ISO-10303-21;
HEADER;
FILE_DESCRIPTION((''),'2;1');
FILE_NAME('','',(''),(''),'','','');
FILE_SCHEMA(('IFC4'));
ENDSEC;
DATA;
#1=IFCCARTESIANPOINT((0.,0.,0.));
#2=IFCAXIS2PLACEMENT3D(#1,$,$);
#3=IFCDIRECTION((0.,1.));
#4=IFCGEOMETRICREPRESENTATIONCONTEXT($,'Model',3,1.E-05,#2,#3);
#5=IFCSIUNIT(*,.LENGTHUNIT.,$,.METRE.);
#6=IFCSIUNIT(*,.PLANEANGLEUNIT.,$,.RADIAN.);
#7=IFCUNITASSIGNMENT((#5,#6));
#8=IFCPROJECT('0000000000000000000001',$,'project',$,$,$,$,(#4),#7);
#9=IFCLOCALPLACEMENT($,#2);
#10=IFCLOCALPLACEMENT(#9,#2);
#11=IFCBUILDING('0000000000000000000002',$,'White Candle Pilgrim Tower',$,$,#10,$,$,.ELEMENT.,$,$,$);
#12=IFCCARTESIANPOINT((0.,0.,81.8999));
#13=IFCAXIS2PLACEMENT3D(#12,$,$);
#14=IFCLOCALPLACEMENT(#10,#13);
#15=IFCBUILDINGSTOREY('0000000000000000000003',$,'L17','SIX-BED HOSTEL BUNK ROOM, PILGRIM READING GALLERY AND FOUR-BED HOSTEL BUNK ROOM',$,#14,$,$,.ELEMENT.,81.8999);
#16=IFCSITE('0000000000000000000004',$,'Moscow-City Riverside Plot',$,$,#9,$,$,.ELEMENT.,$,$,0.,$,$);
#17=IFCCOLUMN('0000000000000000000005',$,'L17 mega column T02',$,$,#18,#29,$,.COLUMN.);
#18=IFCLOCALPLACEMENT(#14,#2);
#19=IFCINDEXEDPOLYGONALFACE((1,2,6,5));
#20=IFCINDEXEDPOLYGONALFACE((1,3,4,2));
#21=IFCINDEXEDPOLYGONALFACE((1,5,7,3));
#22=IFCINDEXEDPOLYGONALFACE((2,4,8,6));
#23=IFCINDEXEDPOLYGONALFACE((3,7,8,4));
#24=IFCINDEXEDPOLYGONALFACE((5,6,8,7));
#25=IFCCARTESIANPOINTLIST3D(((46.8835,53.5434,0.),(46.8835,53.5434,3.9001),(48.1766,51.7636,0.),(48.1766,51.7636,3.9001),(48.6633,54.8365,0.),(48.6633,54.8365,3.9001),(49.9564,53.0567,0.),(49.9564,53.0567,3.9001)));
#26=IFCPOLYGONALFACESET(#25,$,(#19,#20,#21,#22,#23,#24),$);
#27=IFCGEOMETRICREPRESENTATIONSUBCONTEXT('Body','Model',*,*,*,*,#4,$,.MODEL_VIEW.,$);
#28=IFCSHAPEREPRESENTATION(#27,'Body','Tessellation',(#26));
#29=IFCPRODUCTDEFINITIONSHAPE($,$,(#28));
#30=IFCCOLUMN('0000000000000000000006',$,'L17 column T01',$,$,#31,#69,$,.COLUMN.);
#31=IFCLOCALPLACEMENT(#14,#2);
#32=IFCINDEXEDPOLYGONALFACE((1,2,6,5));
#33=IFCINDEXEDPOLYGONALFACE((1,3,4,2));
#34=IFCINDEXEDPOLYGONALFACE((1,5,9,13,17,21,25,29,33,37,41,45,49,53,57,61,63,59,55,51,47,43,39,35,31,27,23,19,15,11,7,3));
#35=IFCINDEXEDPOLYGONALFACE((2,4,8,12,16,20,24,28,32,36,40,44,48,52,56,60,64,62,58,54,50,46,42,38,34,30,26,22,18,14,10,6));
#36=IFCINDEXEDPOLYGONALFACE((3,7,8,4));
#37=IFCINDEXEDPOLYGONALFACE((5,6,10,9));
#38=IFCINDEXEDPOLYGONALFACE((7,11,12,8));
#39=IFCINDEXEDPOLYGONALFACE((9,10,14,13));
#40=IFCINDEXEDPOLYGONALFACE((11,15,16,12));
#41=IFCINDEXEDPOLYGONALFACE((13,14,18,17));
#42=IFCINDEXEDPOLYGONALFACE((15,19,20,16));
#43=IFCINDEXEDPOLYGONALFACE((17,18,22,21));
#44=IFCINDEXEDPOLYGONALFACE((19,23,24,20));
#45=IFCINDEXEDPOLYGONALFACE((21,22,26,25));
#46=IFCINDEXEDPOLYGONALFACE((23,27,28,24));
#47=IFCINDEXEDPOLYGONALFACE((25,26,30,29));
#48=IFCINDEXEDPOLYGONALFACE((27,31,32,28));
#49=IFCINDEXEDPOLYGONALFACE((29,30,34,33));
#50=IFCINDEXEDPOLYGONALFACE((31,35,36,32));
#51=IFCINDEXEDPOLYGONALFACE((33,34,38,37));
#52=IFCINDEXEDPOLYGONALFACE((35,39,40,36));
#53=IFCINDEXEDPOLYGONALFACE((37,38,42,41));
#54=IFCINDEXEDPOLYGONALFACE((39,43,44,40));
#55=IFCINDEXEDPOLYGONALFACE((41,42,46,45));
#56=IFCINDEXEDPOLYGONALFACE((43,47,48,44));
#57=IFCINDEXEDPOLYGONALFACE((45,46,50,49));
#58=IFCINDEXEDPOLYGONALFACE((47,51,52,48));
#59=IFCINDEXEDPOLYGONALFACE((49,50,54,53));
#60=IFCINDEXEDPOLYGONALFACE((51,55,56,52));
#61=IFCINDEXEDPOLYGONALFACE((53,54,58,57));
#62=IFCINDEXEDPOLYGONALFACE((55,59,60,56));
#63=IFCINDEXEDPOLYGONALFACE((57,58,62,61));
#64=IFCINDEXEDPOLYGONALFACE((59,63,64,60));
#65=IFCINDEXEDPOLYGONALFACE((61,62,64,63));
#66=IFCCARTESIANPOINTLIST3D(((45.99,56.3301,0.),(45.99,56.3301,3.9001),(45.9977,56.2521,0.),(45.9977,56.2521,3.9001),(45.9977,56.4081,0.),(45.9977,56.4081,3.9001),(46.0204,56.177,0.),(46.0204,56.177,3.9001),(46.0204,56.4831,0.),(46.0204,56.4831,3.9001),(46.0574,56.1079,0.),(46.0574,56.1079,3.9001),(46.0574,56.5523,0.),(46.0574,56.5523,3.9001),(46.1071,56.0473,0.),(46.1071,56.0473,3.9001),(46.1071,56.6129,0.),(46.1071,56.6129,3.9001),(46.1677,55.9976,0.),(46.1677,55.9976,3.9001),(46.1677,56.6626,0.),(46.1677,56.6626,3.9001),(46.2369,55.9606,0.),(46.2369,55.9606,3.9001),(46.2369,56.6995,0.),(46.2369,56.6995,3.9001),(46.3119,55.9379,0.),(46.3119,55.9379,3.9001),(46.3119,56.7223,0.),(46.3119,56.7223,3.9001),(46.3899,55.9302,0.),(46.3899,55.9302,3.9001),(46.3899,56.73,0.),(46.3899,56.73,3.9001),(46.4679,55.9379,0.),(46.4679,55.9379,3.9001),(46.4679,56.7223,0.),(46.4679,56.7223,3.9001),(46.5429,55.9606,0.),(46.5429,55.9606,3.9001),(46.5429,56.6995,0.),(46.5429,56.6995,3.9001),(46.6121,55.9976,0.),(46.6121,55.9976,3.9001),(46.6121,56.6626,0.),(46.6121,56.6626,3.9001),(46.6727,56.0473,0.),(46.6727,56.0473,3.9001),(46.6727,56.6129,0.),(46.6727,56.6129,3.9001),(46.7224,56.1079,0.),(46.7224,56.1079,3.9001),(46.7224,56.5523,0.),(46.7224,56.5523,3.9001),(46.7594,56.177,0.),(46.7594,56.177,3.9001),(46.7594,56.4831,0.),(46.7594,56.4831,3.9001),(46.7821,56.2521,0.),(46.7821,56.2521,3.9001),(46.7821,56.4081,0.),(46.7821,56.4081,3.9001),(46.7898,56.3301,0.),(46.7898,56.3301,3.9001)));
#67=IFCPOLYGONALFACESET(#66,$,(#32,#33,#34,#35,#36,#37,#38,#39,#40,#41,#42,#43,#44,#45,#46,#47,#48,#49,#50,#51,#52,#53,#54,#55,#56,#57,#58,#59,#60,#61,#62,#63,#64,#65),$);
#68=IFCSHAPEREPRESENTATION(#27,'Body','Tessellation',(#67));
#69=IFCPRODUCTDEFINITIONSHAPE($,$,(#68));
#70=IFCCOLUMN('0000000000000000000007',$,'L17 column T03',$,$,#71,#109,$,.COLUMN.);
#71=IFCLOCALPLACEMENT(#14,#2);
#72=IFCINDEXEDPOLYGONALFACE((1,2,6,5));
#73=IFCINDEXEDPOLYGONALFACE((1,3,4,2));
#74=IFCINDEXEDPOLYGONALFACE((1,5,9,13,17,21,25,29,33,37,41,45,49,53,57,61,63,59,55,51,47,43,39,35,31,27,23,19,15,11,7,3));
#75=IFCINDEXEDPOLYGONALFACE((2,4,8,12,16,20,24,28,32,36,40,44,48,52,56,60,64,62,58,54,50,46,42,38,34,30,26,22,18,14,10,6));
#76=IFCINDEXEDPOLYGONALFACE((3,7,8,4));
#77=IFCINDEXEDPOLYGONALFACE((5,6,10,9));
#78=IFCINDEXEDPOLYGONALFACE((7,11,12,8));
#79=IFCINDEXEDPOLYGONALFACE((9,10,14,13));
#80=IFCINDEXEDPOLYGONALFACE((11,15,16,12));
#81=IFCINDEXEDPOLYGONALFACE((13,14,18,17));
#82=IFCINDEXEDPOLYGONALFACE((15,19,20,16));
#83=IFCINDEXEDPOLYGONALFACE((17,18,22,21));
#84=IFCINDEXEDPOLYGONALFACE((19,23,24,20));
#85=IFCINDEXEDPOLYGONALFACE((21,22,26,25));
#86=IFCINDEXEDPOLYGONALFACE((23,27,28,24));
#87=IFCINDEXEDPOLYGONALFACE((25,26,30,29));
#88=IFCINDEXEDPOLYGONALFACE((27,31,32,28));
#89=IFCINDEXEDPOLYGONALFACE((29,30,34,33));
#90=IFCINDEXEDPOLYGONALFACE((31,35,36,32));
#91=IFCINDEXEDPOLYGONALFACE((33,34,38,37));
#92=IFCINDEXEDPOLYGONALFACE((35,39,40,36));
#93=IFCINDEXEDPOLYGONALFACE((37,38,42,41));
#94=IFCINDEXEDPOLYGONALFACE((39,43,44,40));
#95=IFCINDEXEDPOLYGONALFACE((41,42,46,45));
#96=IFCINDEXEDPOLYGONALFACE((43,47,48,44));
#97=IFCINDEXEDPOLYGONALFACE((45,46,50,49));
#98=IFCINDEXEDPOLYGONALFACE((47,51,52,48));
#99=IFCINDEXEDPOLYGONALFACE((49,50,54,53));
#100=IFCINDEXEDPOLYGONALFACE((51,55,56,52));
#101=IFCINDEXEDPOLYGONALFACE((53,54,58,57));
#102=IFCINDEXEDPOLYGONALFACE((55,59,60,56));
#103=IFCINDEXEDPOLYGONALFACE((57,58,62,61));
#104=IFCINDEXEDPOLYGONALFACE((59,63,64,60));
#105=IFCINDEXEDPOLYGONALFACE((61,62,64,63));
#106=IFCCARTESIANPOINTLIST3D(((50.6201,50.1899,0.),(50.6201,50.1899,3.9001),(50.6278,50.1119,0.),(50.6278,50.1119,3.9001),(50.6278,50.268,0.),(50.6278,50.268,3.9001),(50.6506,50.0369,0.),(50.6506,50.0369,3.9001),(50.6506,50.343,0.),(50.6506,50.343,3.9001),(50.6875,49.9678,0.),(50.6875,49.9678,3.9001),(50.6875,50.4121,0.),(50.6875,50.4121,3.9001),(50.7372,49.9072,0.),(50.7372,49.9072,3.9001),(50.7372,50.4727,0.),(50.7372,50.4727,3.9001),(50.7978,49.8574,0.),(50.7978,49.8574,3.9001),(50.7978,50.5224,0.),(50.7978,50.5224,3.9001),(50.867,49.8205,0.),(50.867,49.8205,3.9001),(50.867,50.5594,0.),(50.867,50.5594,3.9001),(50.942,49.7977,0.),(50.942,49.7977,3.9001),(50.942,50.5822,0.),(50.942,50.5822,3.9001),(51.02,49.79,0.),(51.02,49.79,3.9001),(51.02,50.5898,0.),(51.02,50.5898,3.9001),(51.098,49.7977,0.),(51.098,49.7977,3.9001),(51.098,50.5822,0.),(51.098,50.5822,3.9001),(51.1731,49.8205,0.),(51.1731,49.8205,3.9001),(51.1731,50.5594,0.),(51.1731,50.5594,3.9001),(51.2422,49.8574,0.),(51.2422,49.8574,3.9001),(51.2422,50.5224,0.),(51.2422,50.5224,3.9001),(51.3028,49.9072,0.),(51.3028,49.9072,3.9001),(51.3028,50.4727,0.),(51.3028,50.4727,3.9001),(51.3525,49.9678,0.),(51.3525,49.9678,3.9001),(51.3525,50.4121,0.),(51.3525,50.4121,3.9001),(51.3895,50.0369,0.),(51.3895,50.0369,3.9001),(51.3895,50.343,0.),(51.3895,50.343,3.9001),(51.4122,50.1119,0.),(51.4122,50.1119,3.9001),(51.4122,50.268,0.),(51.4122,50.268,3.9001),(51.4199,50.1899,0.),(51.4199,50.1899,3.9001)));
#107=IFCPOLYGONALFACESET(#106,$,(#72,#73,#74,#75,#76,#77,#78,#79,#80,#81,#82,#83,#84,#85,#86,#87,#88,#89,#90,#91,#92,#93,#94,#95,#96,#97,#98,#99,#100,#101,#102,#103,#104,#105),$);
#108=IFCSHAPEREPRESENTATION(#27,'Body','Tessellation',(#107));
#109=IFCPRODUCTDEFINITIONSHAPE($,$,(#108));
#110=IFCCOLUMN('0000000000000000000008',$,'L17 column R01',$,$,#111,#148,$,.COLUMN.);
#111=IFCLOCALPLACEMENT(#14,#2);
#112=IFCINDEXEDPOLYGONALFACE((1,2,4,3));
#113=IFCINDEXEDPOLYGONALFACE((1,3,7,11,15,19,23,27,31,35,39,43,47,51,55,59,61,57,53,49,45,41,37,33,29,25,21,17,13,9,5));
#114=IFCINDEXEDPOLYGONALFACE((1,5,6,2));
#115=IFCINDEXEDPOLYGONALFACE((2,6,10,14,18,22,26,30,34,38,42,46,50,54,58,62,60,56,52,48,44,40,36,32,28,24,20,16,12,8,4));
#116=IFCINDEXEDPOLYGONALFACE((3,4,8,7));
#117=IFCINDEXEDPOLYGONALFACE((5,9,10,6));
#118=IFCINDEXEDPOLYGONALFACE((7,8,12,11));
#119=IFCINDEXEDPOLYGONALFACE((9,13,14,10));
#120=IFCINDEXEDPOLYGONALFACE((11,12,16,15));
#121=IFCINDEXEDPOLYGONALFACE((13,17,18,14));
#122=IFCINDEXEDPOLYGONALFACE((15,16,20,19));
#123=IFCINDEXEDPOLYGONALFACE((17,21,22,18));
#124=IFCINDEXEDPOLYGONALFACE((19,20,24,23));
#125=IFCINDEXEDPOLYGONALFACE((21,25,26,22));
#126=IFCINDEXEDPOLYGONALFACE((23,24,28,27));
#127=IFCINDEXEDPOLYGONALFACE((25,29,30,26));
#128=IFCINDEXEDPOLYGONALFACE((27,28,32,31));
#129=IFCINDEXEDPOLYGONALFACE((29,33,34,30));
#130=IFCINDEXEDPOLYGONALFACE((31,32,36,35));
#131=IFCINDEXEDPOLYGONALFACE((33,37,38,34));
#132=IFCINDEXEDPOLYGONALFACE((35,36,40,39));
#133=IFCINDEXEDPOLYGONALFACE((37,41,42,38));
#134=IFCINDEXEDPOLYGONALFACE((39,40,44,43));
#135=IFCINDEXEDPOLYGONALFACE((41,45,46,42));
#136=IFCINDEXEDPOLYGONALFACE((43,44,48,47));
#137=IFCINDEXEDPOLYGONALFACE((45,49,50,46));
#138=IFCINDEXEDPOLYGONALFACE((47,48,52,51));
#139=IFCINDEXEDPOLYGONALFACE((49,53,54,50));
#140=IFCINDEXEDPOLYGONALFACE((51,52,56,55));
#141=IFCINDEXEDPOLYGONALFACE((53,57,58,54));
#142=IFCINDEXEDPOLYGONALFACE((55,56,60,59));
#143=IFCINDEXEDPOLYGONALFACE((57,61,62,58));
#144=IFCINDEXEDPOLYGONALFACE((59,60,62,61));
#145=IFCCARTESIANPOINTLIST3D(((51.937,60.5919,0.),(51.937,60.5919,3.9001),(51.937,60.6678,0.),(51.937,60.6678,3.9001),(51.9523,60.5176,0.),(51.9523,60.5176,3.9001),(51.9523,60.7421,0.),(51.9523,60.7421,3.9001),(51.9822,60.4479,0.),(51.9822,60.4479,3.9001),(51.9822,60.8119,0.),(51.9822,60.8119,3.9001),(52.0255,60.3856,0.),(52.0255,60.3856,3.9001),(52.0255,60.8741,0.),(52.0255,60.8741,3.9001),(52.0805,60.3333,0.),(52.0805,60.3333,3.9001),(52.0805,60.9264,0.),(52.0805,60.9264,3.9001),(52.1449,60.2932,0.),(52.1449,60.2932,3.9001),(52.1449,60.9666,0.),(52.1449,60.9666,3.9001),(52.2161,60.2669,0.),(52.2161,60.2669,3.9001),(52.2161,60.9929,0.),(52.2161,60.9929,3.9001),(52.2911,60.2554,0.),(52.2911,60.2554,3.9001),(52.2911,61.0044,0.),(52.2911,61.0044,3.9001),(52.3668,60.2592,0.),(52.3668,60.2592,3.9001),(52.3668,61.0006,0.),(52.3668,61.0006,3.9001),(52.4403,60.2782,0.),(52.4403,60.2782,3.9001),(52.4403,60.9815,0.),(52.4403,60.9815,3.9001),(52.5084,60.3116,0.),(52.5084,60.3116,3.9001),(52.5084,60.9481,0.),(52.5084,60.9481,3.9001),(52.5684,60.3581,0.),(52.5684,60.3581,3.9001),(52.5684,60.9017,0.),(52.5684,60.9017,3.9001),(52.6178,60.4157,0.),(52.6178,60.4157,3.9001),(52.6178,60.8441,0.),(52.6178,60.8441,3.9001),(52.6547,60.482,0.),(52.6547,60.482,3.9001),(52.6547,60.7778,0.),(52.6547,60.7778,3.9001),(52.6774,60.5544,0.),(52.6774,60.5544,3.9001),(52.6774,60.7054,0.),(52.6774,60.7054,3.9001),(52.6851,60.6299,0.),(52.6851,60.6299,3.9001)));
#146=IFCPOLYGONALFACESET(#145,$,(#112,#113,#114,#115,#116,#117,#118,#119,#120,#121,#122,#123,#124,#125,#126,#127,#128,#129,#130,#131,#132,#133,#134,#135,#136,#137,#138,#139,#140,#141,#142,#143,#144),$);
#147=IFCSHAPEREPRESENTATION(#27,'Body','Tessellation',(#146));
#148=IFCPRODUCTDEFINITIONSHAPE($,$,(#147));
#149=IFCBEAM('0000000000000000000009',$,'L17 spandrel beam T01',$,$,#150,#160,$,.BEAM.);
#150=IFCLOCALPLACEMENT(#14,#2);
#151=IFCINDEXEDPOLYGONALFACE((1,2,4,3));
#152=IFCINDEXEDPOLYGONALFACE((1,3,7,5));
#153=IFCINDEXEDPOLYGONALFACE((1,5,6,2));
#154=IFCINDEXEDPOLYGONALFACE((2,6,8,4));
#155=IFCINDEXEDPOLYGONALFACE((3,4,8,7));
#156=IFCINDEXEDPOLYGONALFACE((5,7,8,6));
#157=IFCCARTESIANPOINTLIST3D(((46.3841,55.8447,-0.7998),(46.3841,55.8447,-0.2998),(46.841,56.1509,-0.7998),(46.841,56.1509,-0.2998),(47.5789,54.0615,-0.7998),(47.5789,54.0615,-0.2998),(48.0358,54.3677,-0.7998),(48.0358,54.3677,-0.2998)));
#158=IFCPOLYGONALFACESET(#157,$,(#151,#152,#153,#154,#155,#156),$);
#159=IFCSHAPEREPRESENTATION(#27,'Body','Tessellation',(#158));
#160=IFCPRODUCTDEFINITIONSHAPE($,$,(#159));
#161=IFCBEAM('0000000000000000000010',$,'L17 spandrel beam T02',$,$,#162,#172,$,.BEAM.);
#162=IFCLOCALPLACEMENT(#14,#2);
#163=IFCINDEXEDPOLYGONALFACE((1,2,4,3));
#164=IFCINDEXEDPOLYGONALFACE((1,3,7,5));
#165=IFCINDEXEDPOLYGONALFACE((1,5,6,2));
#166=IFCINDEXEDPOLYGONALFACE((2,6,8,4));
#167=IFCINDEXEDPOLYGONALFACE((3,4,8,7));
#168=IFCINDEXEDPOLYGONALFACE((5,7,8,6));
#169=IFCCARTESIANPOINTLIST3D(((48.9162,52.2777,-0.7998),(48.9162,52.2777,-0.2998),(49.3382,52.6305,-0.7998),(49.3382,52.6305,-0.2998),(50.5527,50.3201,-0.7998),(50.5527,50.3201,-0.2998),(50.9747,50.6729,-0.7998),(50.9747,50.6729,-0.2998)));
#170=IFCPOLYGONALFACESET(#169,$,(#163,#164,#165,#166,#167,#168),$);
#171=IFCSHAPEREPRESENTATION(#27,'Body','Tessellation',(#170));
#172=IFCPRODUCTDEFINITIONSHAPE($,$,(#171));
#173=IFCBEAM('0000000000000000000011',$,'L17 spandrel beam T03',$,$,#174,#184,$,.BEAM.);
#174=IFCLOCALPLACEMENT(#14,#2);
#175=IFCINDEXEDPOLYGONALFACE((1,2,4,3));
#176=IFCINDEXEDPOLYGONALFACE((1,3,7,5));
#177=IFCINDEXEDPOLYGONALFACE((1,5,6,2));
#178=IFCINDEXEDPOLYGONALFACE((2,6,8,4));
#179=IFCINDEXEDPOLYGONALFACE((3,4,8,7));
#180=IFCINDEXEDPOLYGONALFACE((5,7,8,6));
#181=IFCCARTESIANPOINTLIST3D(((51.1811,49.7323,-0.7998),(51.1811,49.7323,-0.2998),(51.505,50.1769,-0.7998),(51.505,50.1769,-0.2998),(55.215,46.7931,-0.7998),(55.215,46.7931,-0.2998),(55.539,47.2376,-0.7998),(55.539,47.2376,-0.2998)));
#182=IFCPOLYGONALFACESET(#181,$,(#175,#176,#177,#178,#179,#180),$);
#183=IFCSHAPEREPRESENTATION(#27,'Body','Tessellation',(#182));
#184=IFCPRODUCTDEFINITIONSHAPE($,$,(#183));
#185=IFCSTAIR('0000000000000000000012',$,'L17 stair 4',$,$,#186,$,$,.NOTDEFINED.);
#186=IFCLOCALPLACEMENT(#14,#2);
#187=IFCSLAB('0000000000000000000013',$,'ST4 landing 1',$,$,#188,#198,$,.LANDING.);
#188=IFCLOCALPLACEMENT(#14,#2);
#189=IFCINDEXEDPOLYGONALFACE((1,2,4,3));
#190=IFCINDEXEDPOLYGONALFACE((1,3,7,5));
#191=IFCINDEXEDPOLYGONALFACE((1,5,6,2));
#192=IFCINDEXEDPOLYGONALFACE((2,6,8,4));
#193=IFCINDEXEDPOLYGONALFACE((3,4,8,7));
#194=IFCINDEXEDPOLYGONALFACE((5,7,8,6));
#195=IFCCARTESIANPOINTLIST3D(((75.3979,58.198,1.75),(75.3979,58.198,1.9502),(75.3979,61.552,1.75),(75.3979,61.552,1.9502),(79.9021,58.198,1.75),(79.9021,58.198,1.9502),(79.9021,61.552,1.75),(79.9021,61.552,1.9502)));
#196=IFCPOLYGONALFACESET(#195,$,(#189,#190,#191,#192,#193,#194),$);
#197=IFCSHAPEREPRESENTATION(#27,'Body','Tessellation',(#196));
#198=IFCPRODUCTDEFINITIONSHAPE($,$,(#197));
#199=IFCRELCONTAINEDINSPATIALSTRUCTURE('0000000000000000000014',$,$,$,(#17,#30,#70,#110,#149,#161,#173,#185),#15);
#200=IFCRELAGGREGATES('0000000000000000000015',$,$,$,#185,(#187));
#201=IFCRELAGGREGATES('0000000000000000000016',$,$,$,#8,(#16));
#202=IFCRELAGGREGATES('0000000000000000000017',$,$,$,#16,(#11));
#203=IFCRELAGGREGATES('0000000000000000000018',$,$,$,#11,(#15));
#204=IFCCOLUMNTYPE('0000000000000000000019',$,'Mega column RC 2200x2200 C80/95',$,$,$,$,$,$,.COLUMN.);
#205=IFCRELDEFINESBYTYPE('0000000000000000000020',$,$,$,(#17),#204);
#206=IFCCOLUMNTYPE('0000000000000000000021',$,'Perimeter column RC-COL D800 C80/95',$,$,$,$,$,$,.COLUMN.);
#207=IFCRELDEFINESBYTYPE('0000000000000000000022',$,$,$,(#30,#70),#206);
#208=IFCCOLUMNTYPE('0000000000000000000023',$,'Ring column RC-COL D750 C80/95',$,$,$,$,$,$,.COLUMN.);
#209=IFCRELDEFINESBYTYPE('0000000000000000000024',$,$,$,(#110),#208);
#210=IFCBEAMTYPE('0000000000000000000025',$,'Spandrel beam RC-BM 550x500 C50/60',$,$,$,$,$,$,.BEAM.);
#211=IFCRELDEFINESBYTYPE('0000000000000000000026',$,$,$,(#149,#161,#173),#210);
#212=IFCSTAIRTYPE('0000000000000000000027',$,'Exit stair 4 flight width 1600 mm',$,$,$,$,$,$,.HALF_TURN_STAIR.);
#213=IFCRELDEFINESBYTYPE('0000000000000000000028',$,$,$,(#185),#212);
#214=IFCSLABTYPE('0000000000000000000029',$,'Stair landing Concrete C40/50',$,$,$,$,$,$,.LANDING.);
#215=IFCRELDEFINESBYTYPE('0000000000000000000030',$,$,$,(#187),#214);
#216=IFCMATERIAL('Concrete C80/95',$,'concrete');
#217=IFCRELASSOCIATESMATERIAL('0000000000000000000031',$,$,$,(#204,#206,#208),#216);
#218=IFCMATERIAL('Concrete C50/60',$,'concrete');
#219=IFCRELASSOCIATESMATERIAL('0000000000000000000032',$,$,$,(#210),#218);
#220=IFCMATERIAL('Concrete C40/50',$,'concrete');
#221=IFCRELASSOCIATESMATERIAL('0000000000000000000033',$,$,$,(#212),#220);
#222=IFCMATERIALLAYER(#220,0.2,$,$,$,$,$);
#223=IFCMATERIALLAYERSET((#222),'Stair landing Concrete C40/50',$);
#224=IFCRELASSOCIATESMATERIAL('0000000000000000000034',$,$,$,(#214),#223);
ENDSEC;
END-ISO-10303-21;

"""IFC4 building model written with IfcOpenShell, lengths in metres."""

from ifc_helpers import new_model, si_unit, direction, frame, origin, origin_2d, place, context, subcontext, project, spatial, polyline, rectangle, circle, outline, extrude, material, layer, layer_set, material_profile, profile_set, type_object, element, aggregate, save


model = new_model("IFC4")

# Units and contexts
model_context = context("Model", 3, precision=1e-05, world=origin(), true_north=direction((0.0, 1.0)))
body_context = subcontext(model_context, "Body", "Model", "MODEL_VIEW")
ifc_project = project(units=[si_unit("LENGTHUNIT", "METRE"), si_unit("PLANEANGLEUNIT", "RADIAN")], contexts=[model_context])

# Site, building, storey
site_placement = place(None, origin())
site = spatial("IfcSite", under=ifc_project, at=site_placement, Name="Moscow-City Riverside Plot", CompositionType="ELEMENT", RefElevation=0.0)
building_placement = place(site_placement, origin())
building = spatial("IfcBuilding", under=site, at=building_placement, Name="White Candle Pilgrim Tower", CompositionType="ELEMENT")
storey_placement = place(building_placement, frame((0.0, 0.0, 81.8999)))
storey = spatial("IfcBuildingStorey", under=building, at=storey_placement, Name="L17", Description="SIX-BED HOSTEL BUNK ROOM, PILGRIM READING GALLERY AND FOUR-BED HOSTEL BUNK ROOM", CompositionType="ELEMENT", Elevation=81.8999)

# Columns
ifc_material_1 = material(Name="Concrete C80/95", Category="concrete")
ifc_material_profile_1 = material_profile(ifc_material_1, rectangle(XDim=2.2, YDim=2.2, at=origin_2d()), Name="RC 2200x2200")
ifc_profile_set_1 = profile_set([ifc_material_profile_1], Name="Concrete C80/95")
column_type_1 = type_object("IfcColumnType", Name="Mega column RC 2200x2200 C80/95", PredefinedType="COLUMN", material=ifc_profile_set_1)
column_1_placement = place(storey_placement, frame((48.4199, 53.3, 0.0), z_axis=(0.0, 0.0, 1.0), x_axis=(-0.809017, -0.587785, 0.0)))
element("IfcColumn", 1, at=column_1_placement, inside=storey, type_object=column_type_1, Name="L17 mega column T02", PredefinedType="COLUMN", context=body_context, shape_type="SweptSolid", body=[
    extrude(rectangle(XDim=2.2, YDim=2.2, at=origin_2d()), origin(), (0.0, 0.0, 1.0), 3.9001),
])
ifc_material_profile_2 = material_profile(ifc_material_1, circle(Radius=0.3999, at=origin_2d()), Name="RC-COL D800")
ifc_profile_set_2 = profile_set([ifc_material_profile_2], Name="Concrete C80/95")
column_type_2 = type_object("IfcColumnType", Name="Perimeter column RC-COL D800 C80/95", PredefinedType="COLUMN", material=ifc_profile_set_2)
for number, where, z_axis, x_axis, name in (
    (2, (46.3899, 56.3301, 0.0), (0.0, 0.0, 1.0), (1.0, 0.0, 0.0), "L17 column T01"),
    (3, (51.02, 50.1899, 0.0), (0.0, 0.0, 1.0), (1.0, 0.0, 0.0), "L17 column T03"),
):
    element("IfcColumn", number, at=place(storey_placement, frame(where, z_axis=z_axis, x_axis=x_axis)), inside=storey, type_object=column_type_2, Name=name, PredefinedType="COLUMN", context=body_context, shape_type="SweptSolid", body=[
        extrude(circle(Radius=0.3999, at=origin_2d()), origin(), (0.0, 0.0, 1.0), 3.9001),
    ])
ifc_material_profile_3 = material_profile(ifc_material_1, circle(Radius=0.375, at=origin_2d()), Name="RC-COL D750")
ifc_profile_set_3 = profile_set([ifc_material_profile_3], Name="Concrete C80/95")
column_type_3 = type_object("IfcColumnType", Name="Ring column RC-COL D750 C80/95", PredefinedType="COLUMN", material=ifc_profile_set_3)
column_2_placement = place(storey_placement, frame((52.3101, 60.6299, 0.0), z_axis=(0.0, 0.0, 1.0), x_axis=(1.0, 0.0, 0.0)))
element("IfcColumn", 4, at=column_2_placement, inside=storey, type_object=column_type_3, Name="L17 column R01", PredefinedType="COLUMN", context=body_context, shape_type="SweptSolid", body=[
    extrude(circle(Radius=0.375, at=origin_2d()), origin(), (0.0, 0.0, 1.0), 3.9001),
])

# Beams
ifc_material_2 = material(Name="Concrete C50/60", Category="concrete")
ifc_material_profile_4 = material_profile(ifc_material_2, rectangle(XDim=0.55, YDim=0.5, at=origin_2d()), Name="RC-BM 550x500")
ifc_profile_set_4 = profile_set([ifc_material_profile_4], Name="Concrete C50/60")
beam_type = type_object("IfcBeamType", Name="Spandrel beam RC-BM 550x500 C50/60", PredefinedType="BEAM", material=ifc_profile_set_4)
beam_1_placement = place(storey_placement, frame((46.6125, 55.9978, -0.5498), z_axis=(0.556641, -0.830753, 0.0), x_axis=(0.830753, 0.556641, 0.0)))
element("IfcBeam", 5, at=beam_1_placement, inside=storey, type_object=beam_type, Name="L17 spandrel beam T01", PredefinedType="BEAM", context=body_context, shape_type="SweptSolid", body=[
    extrude(rectangle(XDim=0.55, YDim=0.5, at=origin_2d()), origin(), (0.0, 0.0, 1.0), 2.1465),
])
beam_2_placement = place(storey_placement, frame((49.1272, 52.4541, -0.5498), z_axis=(0.641388, -0.767216, 0.0), x_axis=(0.767216, 0.641388, 0.0)))
element("IfcBeam", 6, at=beam_2_placement, inside=storey, type_object=beam_type, Name="L17 spandrel beam T02", PredefinedType="BEAM", context=body_context, shape_type="SweptSolid", body=[
    extrude(rectangle(XDim=0.55, YDim=0.5, at=origin_2d()), origin(), (0.0, 0.0, 1.0), 2.5515),
])
beam_3_placement = place(storey_placement, frame((51.343, 49.9546, -0.5498), z_axis=(0.808218, -0.588884, 0.0), x_axis=(0.588884, 0.808218, 0.0)))
element("IfcBeam", 7, at=beam_3_placement, inside=storey, type_object=beam_type, Name="L17 spandrel beam T03", PredefinedType="BEAM", context=body_context, shape_type="SweptSolid", body=[
    extrude(rectangle(XDim=0.55, YDim=0.5, at=origin_2d()), origin(), (0.0, 0.0, 1.0), 4.9912),
])

# Stair, slab
ifc_material_3 = material(Name="Concrete C40/50", Category="concrete")
stair_type_1 = type_object("IfcStairType", Name="Exit stair 4 flight width 1600 mm", PredefinedType="HALF_TURN_STAIR", material=ifc_material_3)
stair_1_placement = place(storey_placement, origin())
stair_1 = element("IfcStair", 8, at=stair_1_placement, inside=storey, type_object=stair_type_1, Name="L17 stair 4", PredefinedType="NOTDEFINED")
ifc_layer_1 = layer(ifc_material_3, 0.2)
ifc_layer_set_1 = layer_set([ifc_layer_1], Name="Stair landing Concrete C40/50")
slab_type = type_object("IfcSlabType", Name="Stair landing Concrete C40/50", PredefinedType="LANDING", material=ifc_layer_set_1)
slab_1_placement = place(storey_placement, frame((0.0, 0.0, 1.75)))
slab_1 = element("IfcSlab", 9, at=slab_1_placement, type_object=slab_type, Name="ST4 landing 1", PredefinedType="LANDING", context=body_context, shape_type="SweptSolid", body=[
    extrude(outline(polyline([(79.9021, 61.552), (79.9021, 58.198), (75.3979, 58.198), (75.3979, 61.552), (79.9021, 61.552)])), origin(), (0.0, 0.0, 1.0), 0.2002),
])
aggregate(stair_1, [slab_1])

save(model, "model.ifc")
